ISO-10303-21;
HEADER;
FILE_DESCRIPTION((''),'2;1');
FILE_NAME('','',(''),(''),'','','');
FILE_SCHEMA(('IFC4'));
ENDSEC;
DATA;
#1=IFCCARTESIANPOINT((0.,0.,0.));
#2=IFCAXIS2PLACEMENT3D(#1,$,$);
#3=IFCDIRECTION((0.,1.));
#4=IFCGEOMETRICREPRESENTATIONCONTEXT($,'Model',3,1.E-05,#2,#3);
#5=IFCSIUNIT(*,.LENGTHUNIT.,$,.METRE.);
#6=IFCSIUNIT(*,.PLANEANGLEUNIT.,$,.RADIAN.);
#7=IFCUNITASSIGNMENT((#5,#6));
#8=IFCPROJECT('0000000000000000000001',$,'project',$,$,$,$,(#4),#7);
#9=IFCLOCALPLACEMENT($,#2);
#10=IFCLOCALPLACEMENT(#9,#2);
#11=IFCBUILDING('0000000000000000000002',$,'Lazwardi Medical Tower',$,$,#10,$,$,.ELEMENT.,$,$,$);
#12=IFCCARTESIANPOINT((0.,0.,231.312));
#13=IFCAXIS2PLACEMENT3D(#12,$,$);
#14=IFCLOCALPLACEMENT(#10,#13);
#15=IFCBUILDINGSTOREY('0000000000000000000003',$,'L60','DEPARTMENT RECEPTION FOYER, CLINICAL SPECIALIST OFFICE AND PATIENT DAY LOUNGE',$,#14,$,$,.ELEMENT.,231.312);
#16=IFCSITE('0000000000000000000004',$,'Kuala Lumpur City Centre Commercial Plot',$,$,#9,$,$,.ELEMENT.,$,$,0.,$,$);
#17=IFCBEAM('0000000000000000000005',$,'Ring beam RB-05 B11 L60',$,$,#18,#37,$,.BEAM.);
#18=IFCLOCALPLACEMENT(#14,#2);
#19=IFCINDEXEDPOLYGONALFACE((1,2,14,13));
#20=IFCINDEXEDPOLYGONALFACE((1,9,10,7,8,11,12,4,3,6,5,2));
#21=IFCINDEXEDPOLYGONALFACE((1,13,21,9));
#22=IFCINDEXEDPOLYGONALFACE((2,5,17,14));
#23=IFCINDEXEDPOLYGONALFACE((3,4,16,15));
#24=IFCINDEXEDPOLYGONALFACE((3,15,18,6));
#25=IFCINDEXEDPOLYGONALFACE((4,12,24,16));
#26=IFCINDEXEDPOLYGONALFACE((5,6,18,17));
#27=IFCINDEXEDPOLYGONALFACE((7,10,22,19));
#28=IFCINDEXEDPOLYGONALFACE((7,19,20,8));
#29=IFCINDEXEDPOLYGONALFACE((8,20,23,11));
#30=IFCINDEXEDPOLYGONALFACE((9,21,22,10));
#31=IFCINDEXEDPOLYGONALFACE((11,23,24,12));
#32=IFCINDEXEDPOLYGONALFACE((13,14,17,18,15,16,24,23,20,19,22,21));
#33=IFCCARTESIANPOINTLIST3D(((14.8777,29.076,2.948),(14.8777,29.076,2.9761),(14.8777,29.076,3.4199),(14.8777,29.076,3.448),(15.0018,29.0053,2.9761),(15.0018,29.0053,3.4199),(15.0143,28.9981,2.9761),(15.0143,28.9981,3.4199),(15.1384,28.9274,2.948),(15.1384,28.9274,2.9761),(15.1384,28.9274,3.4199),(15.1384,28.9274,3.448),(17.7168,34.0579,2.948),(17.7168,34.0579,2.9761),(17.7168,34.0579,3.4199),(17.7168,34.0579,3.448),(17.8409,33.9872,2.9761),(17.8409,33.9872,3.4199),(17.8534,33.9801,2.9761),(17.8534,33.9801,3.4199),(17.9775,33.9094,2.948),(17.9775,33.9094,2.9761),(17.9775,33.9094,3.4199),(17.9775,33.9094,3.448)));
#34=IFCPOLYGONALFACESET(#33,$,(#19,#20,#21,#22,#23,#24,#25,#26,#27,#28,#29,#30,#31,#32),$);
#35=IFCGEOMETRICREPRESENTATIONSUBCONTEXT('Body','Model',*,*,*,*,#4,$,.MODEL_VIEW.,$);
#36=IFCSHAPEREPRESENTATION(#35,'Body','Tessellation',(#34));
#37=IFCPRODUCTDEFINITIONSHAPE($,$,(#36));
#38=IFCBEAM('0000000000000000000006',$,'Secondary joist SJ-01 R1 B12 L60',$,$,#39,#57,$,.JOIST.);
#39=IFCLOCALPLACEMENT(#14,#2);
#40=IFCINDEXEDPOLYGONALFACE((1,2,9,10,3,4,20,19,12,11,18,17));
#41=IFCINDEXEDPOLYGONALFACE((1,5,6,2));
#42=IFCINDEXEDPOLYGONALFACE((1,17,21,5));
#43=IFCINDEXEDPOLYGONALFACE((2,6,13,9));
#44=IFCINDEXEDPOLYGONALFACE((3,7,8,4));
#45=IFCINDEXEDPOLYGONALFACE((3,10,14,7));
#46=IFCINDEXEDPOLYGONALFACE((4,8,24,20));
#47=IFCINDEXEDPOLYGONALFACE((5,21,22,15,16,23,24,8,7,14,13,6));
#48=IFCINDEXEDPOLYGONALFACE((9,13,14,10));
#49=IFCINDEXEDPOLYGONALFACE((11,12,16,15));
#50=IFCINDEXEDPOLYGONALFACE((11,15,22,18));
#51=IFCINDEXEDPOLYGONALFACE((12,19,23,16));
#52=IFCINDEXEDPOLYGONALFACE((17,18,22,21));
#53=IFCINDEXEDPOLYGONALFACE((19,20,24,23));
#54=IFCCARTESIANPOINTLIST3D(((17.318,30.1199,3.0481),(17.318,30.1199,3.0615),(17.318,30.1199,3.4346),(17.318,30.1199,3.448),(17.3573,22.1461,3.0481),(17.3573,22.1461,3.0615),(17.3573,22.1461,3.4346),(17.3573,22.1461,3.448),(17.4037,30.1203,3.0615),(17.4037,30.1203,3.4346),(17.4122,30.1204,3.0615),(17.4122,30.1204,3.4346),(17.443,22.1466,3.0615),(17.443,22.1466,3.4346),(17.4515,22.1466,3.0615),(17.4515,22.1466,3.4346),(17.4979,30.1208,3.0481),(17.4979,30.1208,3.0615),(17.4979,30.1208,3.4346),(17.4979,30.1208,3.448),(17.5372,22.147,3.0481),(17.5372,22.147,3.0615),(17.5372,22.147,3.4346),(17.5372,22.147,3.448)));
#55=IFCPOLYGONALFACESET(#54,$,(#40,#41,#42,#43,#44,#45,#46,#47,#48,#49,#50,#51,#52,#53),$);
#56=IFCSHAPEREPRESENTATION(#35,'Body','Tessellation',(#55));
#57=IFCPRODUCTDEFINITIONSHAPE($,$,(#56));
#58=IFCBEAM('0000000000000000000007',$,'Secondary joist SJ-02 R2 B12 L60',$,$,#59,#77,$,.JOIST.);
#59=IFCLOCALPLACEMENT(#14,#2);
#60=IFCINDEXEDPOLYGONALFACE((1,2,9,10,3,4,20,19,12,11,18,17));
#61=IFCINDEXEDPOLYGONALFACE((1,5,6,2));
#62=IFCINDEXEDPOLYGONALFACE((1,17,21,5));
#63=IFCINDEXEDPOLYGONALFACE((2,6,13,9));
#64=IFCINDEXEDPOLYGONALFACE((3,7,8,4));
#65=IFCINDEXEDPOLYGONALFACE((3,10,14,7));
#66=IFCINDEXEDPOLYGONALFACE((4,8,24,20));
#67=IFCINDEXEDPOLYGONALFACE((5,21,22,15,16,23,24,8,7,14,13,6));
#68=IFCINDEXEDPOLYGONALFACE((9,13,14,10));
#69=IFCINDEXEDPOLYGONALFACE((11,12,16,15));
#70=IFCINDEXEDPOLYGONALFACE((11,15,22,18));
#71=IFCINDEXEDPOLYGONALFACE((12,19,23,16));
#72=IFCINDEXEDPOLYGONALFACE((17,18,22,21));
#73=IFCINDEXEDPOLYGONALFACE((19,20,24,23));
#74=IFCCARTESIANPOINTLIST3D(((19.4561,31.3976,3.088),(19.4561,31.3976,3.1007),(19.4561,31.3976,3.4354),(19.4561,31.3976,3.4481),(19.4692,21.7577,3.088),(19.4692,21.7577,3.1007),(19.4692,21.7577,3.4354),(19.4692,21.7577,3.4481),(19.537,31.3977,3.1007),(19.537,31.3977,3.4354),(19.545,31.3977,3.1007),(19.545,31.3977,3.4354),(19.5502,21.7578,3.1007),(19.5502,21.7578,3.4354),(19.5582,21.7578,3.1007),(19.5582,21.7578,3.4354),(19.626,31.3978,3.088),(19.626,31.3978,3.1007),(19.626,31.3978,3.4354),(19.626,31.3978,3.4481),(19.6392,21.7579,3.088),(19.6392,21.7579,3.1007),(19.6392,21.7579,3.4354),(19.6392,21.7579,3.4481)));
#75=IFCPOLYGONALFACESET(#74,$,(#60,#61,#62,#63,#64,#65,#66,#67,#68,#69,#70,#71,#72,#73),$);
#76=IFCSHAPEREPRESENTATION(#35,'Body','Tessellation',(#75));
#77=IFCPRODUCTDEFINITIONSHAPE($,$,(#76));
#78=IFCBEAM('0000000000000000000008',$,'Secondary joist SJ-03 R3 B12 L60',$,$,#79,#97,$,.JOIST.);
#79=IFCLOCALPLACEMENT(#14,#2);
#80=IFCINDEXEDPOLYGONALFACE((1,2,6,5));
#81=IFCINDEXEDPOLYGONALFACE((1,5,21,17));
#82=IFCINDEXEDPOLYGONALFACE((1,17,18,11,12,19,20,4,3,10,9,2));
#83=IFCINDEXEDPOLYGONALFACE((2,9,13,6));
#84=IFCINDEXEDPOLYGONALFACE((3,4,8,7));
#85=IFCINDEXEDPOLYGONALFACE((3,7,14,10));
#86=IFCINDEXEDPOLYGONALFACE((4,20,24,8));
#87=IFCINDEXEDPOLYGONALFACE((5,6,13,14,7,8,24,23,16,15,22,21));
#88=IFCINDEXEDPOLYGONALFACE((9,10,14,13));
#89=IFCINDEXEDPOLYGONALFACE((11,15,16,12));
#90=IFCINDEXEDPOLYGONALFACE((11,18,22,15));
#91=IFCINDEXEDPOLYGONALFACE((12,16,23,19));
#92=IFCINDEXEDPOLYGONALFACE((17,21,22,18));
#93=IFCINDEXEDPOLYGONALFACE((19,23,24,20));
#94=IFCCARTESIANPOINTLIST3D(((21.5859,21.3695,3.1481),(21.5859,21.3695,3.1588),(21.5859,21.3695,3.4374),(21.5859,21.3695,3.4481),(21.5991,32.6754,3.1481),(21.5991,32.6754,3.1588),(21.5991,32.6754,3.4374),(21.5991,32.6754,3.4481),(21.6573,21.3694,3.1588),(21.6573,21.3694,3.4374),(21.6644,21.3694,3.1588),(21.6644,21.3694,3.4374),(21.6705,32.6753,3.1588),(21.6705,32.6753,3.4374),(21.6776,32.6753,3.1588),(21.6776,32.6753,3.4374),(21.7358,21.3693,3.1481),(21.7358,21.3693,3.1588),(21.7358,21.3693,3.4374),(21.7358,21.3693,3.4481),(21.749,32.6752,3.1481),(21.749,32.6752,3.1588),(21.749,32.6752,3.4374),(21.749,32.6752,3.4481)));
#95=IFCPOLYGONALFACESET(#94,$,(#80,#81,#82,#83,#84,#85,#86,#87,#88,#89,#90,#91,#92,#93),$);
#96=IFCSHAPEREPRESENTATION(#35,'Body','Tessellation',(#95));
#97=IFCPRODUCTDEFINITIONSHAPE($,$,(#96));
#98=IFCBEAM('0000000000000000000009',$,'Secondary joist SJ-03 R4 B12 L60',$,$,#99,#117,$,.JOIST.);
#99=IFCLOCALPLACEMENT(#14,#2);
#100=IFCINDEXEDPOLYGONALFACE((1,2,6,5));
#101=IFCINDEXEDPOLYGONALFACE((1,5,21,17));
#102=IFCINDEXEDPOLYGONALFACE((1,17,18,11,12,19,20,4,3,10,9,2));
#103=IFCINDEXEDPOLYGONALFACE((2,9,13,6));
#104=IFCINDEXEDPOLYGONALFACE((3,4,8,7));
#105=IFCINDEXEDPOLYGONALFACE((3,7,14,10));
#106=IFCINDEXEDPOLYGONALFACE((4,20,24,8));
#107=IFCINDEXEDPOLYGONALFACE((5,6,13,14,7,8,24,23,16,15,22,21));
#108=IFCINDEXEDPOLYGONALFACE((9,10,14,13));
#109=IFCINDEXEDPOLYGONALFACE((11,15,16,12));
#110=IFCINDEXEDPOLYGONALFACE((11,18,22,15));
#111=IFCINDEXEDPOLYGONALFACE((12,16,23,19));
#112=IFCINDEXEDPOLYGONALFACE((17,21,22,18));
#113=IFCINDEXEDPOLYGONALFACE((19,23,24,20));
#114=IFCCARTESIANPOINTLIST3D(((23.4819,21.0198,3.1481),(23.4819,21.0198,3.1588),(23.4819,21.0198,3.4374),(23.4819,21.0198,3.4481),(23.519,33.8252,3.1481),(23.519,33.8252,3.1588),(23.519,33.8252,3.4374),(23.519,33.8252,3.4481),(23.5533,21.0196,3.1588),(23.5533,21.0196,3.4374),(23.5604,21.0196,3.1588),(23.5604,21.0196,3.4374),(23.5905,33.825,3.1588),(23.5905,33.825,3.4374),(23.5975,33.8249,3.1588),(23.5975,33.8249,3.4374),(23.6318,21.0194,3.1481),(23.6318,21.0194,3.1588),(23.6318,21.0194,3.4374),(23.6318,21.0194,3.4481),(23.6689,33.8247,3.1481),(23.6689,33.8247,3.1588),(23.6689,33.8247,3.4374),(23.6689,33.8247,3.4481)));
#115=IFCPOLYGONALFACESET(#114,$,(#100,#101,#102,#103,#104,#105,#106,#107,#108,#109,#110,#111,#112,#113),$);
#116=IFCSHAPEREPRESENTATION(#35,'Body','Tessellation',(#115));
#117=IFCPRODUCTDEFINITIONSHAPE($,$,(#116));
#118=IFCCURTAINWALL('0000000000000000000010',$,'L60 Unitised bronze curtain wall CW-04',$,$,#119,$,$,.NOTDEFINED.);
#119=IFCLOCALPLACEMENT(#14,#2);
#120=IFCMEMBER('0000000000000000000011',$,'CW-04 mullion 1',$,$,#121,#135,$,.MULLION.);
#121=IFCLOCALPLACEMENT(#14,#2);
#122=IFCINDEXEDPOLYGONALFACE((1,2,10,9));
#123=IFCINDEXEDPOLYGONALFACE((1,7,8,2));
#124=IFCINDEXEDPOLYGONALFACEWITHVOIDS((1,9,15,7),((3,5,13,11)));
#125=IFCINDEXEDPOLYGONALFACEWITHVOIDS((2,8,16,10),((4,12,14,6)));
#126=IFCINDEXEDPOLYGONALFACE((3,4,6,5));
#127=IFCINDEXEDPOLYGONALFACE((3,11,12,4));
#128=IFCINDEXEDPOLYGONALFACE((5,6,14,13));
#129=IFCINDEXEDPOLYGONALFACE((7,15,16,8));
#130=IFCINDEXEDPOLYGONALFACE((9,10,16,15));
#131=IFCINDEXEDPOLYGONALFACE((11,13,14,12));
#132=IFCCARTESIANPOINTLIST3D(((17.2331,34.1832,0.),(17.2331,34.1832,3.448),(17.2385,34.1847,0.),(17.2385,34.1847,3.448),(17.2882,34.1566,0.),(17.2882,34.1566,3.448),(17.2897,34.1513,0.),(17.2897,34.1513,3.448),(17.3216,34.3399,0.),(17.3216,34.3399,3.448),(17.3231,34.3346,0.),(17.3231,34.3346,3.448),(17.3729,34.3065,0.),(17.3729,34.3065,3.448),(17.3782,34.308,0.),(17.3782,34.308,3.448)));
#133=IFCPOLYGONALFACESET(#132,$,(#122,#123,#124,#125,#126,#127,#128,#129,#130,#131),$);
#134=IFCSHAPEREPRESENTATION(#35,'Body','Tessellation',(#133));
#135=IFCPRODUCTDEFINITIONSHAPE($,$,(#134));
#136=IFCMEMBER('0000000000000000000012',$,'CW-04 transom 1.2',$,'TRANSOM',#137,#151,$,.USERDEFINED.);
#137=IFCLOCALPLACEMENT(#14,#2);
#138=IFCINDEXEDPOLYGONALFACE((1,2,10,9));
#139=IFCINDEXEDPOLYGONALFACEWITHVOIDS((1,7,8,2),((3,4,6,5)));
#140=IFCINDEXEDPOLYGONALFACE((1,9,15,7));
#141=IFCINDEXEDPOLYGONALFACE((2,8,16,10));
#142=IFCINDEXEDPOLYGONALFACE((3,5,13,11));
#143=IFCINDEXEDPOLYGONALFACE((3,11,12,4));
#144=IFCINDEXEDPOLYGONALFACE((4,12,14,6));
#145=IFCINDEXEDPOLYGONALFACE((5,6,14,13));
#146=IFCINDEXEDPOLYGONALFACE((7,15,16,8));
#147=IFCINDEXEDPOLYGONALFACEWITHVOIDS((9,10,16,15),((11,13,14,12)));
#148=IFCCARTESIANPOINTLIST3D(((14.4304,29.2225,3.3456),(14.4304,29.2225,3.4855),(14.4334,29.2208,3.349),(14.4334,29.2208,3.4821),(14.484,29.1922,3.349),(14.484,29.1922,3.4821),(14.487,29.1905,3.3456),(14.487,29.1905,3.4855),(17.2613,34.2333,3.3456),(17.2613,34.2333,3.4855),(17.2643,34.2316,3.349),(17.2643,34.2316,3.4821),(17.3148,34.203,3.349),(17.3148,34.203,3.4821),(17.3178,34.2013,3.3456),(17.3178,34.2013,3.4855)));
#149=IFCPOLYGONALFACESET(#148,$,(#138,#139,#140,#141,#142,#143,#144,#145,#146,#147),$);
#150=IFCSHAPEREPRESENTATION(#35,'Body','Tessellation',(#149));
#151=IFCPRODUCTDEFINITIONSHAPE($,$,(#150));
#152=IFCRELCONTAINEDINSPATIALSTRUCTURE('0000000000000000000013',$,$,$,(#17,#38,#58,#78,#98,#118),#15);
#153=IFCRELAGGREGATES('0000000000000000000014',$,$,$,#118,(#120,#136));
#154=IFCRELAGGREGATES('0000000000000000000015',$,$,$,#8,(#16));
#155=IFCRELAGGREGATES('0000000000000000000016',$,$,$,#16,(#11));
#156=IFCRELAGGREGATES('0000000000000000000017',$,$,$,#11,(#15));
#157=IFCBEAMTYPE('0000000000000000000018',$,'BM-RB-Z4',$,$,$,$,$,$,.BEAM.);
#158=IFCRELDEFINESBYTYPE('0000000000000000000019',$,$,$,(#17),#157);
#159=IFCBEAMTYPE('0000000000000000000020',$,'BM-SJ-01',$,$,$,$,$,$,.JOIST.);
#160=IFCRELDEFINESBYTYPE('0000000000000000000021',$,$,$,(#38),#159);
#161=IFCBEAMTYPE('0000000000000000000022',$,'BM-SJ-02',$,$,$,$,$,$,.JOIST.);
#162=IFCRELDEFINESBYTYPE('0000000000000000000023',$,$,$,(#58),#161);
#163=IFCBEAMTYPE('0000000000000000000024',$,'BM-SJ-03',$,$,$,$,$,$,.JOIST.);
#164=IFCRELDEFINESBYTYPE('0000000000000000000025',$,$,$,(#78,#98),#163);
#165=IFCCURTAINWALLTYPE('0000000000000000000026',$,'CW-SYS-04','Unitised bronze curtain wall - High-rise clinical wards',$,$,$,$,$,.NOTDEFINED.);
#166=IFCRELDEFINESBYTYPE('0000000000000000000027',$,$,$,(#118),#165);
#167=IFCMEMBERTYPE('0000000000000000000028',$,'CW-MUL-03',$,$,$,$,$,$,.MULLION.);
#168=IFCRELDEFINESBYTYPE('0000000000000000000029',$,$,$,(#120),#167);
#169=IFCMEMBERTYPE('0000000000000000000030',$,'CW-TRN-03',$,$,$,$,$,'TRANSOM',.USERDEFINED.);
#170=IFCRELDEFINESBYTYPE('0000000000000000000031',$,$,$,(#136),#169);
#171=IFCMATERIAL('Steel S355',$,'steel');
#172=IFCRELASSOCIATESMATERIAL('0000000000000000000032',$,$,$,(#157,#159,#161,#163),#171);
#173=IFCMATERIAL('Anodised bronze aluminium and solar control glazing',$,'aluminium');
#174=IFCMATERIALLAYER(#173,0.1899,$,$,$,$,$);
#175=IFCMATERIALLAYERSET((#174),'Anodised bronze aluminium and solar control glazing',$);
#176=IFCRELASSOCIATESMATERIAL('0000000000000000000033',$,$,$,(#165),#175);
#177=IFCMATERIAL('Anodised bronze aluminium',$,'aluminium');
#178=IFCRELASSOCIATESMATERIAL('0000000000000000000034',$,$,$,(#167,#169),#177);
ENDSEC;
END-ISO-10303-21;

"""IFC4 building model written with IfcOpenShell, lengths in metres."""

from ifc_helpers import new_model, si_unit, direction, frame, origin, origin_2d, place, context, subcontext, project, spatial, hollow_rectangle, i_section, extrude, material, layer, layer_set, material_profile, profile_set, type_object, element, aggregate, save


model = new_model("IFC4")

# Units and contexts
model_context = context("Model", 3, precision=1e-05, world=origin(), true_north=direction((0.0, 1.0)))
body_context = subcontext(model_context, "Body", "Model", "MODEL_VIEW")
ifc_project = project(units=[si_unit("LENGTHUNIT", "METRE"), si_unit("PLANEANGLEUNIT", "RADIAN")], contexts=[model_context])

# Site, building, storey
site_placement = place(None, origin())
site = spatial("IfcSite", under=ifc_project, at=site_placement, Name="Kuala Lumpur City Centre Commercial Plot", CompositionType="ELEMENT", RefElevation=0.0)
building_placement = place(site_placement, origin())
building = spatial("IfcBuilding", under=site, at=building_placement, Name="Lazwardi Medical Tower", CompositionType="ELEMENT")
storey_placement = place(building_placement, frame((0.0, 0.0, 231.312)))
storey = spatial("IfcBuildingStorey", under=building, at=storey_placement, Name="L60", Description="DEPARTMENT RECEPTION FOYER, CLINICAL SPECIALIST OFFICE AND PATIENT DAY LOUNGE", CompositionType="ELEMENT", Elevation=231.312)

# Beams
ifc_material_1 = material(Name="Steel S355", Category="steel")
ifc_material_profile_1 = material_profile(ifc_material_1, i_section(OverallWidth=0.3, OverallDepth=0.5, WebThickness=0.0144, FlangeThickness=0.0281, at=origin_2d()), Name="HEB 500")
ifc_profile_set_1 = profile_set([ifc_material_profile_1], Name="Steel S355")
beam_type_1 = type_object("IfcBeamType", Name="BM-RB-Z4", PredefinedType="BEAM", material=ifc_profile_set_1)
beam_1_placement = place(storey_placement, frame((17.8472, 33.9836, 3.198), z_axis=(-0.495125, -0.868822, 0.0), x_axis=(0.868822, -0.495125, 0.0)))
element("IfcBeam", 1, at=beam_1_placement, inside=storey, type_object=beam_type_1, Name="Ring beam RB-05 B11 L60", PredefinedType="BEAM", context=body_context, shape_type="SweptSolid", body=[
    extrude(i_section(OverallWidth=0.3, OverallDepth=0.5, WebThickness=0.0144, FlangeThickness=0.0281, at=origin_2d()), origin(), (0.0, 0.0, 1.0), 5.7341),
])
ifc_material_profile_2 = material_profile(ifc_material_1, i_section(OverallWidth=0.1799, OverallDepth=0.3999, WebThickness=0.0085, FlangeThickness=0.0134, at=origin_2d()), Name="IPE 400")
ifc_profile_set_2 = profile_set([ifc_material_profile_2], Name="Steel S355")
beam_type_2 = type_object("IfcBeamType", Name="BM-SJ-01", PredefinedType="JOIST", material=ifc_profile_set_2)
beam_2_placement = place(storey_placement, frame((17.408, 30.1204, 3.248), z_axis=(0.004929, -0.999988, 0.0), x_axis=(0.999988, 0.004929, 0.0)))
element("IfcBeam", 2, at=beam_2_placement, inside=storey, type_object=beam_type_2, Name="Secondary joist SJ-01 R1 B12 L60", PredefinedType="JOIST", context=body_context, shape_type="SweptSolid", body=[
    extrude(i_section(OverallWidth=0.1799, OverallDepth=0.3999, WebThickness=0.0085, FlangeThickness=0.0134, at=origin_2d()), origin(), (0.0, 0.0, 1.0), 7.9739),
])
ifc_material_profile_3 = material_profile(ifc_material_1, i_section(OverallWidth=0.1699, OverallDepth=0.3601, WebThickness=0.0081, FlangeThickness=0.0127, at=origin_2d()), Name="IPE 360")
ifc_profile_set_3 = profile_set([ifc_material_profile_3], Name="Steel S355")
beam_type_3 = type_object("IfcBeamType", Name="BM-SJ-02", PredefinedType="JOIST", material=ifc_profile_set_3)
beam_3_placement = place(storey_placement, frame((19.541, 31.3977, 3.2681), z_axis=(0.001368, -0.999999, 0.0), x_axis=(0.999999, 0.001368, 0.0)))
element("IfcBeam", 3, at=beam_3_placement, inside=storey, type_object=beam_type_3, Name="Secondary joist SJ-02 R2 B12 L60", PredefinedType="JOIST", context=body_context, shape_type="SweptSolid", body=[
    extrude(i_section(OverallWidth=0.1699, OverallDepth=0.3601, WebThickness=0.0081, FlangeThickness=0.0127, at=origin_2d()), origin(), (0.0, 0.0, 1.0), 9.6399),
])
ifc_material_profile_4 = material_profile(ifc_material_1, i_section(OverallWidth=0.1499, OverallDepth=0.3, WebThickness=0.0071, FlangeThickness=0.0107, at=origin_2d()), Name="IPE 300")
ifc_profile_set_4 = profile_set([ifc_material_profile_4], Name="Steel S355")
beam_type_4 = type_object("IfcBeamType", Name="BM-SJ-03", PredefinedType="JOIST", material=ifc_profile_set_4)
beam_4_placement = place(storey_placement, frame((21.6741, 32.6753, 3.2981), z_axis=(-0.001166, -0.999999, 0.0), x_axis=(0.999999, -0.001166, 0.0)))
element("IfcBeam", 4, at=beam_4_placement, inside=storey, type_object=beam_type_4, Name="Secondary joist SJ-03 R3 B12 L60", PredefinedType="JOIST", context=body_context, shape_type="SweptSolid", body=[
    extrude(i_section(OverallWidth=0.1499, OverallDepth=0.3, WebThickness=0.0071, FlangeThickness=0.0107, at=origin_2d()), origin(), (0.0, 0.0, 1.0), 11.3059),
])
beam_5_placement = place(storey_placement, frame((23.594, 33.825, 3.2981), z_axis=(-0.002898, -0.999996, 0.0), x_axis=(0.999996, -0.002898, 0.0)))
element("IfcBeam", 5, at=beam_5_placement, inside=storey, type_object=beam_type_4, Name="Secondary joist SJ-03 R4 B12 L60", PredefinedType="JOIST", context=body_context, shape_type="SweptSolid", body=[
    extrude(i_section(OverallWidth=0.1499, OverallDepth=0.3, WebThickness=0.0071, FlangeThickness=0.0107, at=origin_2d()), origin(), (0.0, 0.0, 1.0), 12.8054),
])

# Curtain wall, members
ifc_material_2 = material(Name="Anodised bronze aluminium and solar control glazing", Category="aluminium")
ifc_layer_1 = layer(ifc_material_2, 0.1899)
ifc_layer_set_1 = layer_set([ifc_layer_1], Name="Anodised bronze aluminium and solar control glazing")
curtain_wall_type = type_object("IfcCurtainWallType", Name="CW-SYS-04", Description="Unitised bronze curtain wall - High-rise clinical wards", PredefinedType="NOTDEFINED", material=ifc_layer_set_1)
curtain_wall_placement = place(storey_placement, origin())
curtain_wall = element("IfcCurtainWall", 6, at=curtain_wall_placement, inside=storey, type_object=curtain_wall_type, Name="L60 Unitised bronze curtain wall CW-04", PredefinedType="NOTDEFINED")
ifc_material_3 = material(Name="Anodised bronze aluminium", Category="aluminium")
ifc_material_profile_5 = material_profile(ifc_material_3, hollow_rectangle(XDim=0.0649, YDim=0.1799, WallThickness=0.0039, at=origin_2d()), Name="ALU-MULLION 180x65x4")
ifc_profile_set_5 = profile_set([ifc_material_profile_5], Name="Anodised bronze aluminium")
member_type_1 = type_object("IfcMemberType", Name="CW-MUL-03", PredefinedType="MULLION", material=ifc_profile_set_5)
member_1_placement = place(storey_placement, frame((17.3057, 34.2456, 0.0), z_axis=(0.0, 0.0, 1.0), x_axis=(0.870651, -0.4919, 0.0)))
member_1 = element("IfcMember", 7, at=member_1_placement, type_object=member_type_1, Name="CW-04 mullion 1", PredefinedType="MULLION", context=body_context, shape_type="SweptSolid", body=[
    extrude(hollow_rectangle(XDim=0.0649, YDim=0.1799, WallThickness=0.0039, at=origin_2d()), origin(), (0.0, 0.0, 1.0), 3.448),
])
ifc_material_profile_6 = material_profile(ifc_material_3, hollow_rectangle(XDim=0.0649, YDim=0.1399, WallThickness=0.0034, at=origin_2d()), Name="ALU-TRANSOM 140x65x3.5")
ifc_profile_set_6 = profile_set([ifc_material_profile_6], Name="Anodised bronze aluminium")
member_type_2 = type_object("IfcMemberType", Name="CW-TRN-03", ElementType="TRANSOM", PredefinedType="USERDEFINED", material=ifc_profile_set_6)
member_2_placement = place(storey_placement, frame((17.2896, 34.2173, 3.4155), z_axis=(-0.49188, -0.870663, 0.0), x_axis=(0.870663, -0.49188, 0.0)))
member_2 = element("IfcMember", 8, at=member_2_placement, type_object=member_type_2, Name="CW-04 transom 1.2", ObjectType="TRANSOM", PredefinedType="USERDEFINED", context=body_context, shape_type="SweptSolid", body=[
    extrude(hollow_rectangle(XDim=0.0649, YDim=0.1399, WallThickness=0.0034, at=origin_2d()), origin(), (0.0, 0.0, 1.0), 5.7551),
])
aggregate(curtain_wall, [member_1, member_2])

save(model, "model.ifc")
